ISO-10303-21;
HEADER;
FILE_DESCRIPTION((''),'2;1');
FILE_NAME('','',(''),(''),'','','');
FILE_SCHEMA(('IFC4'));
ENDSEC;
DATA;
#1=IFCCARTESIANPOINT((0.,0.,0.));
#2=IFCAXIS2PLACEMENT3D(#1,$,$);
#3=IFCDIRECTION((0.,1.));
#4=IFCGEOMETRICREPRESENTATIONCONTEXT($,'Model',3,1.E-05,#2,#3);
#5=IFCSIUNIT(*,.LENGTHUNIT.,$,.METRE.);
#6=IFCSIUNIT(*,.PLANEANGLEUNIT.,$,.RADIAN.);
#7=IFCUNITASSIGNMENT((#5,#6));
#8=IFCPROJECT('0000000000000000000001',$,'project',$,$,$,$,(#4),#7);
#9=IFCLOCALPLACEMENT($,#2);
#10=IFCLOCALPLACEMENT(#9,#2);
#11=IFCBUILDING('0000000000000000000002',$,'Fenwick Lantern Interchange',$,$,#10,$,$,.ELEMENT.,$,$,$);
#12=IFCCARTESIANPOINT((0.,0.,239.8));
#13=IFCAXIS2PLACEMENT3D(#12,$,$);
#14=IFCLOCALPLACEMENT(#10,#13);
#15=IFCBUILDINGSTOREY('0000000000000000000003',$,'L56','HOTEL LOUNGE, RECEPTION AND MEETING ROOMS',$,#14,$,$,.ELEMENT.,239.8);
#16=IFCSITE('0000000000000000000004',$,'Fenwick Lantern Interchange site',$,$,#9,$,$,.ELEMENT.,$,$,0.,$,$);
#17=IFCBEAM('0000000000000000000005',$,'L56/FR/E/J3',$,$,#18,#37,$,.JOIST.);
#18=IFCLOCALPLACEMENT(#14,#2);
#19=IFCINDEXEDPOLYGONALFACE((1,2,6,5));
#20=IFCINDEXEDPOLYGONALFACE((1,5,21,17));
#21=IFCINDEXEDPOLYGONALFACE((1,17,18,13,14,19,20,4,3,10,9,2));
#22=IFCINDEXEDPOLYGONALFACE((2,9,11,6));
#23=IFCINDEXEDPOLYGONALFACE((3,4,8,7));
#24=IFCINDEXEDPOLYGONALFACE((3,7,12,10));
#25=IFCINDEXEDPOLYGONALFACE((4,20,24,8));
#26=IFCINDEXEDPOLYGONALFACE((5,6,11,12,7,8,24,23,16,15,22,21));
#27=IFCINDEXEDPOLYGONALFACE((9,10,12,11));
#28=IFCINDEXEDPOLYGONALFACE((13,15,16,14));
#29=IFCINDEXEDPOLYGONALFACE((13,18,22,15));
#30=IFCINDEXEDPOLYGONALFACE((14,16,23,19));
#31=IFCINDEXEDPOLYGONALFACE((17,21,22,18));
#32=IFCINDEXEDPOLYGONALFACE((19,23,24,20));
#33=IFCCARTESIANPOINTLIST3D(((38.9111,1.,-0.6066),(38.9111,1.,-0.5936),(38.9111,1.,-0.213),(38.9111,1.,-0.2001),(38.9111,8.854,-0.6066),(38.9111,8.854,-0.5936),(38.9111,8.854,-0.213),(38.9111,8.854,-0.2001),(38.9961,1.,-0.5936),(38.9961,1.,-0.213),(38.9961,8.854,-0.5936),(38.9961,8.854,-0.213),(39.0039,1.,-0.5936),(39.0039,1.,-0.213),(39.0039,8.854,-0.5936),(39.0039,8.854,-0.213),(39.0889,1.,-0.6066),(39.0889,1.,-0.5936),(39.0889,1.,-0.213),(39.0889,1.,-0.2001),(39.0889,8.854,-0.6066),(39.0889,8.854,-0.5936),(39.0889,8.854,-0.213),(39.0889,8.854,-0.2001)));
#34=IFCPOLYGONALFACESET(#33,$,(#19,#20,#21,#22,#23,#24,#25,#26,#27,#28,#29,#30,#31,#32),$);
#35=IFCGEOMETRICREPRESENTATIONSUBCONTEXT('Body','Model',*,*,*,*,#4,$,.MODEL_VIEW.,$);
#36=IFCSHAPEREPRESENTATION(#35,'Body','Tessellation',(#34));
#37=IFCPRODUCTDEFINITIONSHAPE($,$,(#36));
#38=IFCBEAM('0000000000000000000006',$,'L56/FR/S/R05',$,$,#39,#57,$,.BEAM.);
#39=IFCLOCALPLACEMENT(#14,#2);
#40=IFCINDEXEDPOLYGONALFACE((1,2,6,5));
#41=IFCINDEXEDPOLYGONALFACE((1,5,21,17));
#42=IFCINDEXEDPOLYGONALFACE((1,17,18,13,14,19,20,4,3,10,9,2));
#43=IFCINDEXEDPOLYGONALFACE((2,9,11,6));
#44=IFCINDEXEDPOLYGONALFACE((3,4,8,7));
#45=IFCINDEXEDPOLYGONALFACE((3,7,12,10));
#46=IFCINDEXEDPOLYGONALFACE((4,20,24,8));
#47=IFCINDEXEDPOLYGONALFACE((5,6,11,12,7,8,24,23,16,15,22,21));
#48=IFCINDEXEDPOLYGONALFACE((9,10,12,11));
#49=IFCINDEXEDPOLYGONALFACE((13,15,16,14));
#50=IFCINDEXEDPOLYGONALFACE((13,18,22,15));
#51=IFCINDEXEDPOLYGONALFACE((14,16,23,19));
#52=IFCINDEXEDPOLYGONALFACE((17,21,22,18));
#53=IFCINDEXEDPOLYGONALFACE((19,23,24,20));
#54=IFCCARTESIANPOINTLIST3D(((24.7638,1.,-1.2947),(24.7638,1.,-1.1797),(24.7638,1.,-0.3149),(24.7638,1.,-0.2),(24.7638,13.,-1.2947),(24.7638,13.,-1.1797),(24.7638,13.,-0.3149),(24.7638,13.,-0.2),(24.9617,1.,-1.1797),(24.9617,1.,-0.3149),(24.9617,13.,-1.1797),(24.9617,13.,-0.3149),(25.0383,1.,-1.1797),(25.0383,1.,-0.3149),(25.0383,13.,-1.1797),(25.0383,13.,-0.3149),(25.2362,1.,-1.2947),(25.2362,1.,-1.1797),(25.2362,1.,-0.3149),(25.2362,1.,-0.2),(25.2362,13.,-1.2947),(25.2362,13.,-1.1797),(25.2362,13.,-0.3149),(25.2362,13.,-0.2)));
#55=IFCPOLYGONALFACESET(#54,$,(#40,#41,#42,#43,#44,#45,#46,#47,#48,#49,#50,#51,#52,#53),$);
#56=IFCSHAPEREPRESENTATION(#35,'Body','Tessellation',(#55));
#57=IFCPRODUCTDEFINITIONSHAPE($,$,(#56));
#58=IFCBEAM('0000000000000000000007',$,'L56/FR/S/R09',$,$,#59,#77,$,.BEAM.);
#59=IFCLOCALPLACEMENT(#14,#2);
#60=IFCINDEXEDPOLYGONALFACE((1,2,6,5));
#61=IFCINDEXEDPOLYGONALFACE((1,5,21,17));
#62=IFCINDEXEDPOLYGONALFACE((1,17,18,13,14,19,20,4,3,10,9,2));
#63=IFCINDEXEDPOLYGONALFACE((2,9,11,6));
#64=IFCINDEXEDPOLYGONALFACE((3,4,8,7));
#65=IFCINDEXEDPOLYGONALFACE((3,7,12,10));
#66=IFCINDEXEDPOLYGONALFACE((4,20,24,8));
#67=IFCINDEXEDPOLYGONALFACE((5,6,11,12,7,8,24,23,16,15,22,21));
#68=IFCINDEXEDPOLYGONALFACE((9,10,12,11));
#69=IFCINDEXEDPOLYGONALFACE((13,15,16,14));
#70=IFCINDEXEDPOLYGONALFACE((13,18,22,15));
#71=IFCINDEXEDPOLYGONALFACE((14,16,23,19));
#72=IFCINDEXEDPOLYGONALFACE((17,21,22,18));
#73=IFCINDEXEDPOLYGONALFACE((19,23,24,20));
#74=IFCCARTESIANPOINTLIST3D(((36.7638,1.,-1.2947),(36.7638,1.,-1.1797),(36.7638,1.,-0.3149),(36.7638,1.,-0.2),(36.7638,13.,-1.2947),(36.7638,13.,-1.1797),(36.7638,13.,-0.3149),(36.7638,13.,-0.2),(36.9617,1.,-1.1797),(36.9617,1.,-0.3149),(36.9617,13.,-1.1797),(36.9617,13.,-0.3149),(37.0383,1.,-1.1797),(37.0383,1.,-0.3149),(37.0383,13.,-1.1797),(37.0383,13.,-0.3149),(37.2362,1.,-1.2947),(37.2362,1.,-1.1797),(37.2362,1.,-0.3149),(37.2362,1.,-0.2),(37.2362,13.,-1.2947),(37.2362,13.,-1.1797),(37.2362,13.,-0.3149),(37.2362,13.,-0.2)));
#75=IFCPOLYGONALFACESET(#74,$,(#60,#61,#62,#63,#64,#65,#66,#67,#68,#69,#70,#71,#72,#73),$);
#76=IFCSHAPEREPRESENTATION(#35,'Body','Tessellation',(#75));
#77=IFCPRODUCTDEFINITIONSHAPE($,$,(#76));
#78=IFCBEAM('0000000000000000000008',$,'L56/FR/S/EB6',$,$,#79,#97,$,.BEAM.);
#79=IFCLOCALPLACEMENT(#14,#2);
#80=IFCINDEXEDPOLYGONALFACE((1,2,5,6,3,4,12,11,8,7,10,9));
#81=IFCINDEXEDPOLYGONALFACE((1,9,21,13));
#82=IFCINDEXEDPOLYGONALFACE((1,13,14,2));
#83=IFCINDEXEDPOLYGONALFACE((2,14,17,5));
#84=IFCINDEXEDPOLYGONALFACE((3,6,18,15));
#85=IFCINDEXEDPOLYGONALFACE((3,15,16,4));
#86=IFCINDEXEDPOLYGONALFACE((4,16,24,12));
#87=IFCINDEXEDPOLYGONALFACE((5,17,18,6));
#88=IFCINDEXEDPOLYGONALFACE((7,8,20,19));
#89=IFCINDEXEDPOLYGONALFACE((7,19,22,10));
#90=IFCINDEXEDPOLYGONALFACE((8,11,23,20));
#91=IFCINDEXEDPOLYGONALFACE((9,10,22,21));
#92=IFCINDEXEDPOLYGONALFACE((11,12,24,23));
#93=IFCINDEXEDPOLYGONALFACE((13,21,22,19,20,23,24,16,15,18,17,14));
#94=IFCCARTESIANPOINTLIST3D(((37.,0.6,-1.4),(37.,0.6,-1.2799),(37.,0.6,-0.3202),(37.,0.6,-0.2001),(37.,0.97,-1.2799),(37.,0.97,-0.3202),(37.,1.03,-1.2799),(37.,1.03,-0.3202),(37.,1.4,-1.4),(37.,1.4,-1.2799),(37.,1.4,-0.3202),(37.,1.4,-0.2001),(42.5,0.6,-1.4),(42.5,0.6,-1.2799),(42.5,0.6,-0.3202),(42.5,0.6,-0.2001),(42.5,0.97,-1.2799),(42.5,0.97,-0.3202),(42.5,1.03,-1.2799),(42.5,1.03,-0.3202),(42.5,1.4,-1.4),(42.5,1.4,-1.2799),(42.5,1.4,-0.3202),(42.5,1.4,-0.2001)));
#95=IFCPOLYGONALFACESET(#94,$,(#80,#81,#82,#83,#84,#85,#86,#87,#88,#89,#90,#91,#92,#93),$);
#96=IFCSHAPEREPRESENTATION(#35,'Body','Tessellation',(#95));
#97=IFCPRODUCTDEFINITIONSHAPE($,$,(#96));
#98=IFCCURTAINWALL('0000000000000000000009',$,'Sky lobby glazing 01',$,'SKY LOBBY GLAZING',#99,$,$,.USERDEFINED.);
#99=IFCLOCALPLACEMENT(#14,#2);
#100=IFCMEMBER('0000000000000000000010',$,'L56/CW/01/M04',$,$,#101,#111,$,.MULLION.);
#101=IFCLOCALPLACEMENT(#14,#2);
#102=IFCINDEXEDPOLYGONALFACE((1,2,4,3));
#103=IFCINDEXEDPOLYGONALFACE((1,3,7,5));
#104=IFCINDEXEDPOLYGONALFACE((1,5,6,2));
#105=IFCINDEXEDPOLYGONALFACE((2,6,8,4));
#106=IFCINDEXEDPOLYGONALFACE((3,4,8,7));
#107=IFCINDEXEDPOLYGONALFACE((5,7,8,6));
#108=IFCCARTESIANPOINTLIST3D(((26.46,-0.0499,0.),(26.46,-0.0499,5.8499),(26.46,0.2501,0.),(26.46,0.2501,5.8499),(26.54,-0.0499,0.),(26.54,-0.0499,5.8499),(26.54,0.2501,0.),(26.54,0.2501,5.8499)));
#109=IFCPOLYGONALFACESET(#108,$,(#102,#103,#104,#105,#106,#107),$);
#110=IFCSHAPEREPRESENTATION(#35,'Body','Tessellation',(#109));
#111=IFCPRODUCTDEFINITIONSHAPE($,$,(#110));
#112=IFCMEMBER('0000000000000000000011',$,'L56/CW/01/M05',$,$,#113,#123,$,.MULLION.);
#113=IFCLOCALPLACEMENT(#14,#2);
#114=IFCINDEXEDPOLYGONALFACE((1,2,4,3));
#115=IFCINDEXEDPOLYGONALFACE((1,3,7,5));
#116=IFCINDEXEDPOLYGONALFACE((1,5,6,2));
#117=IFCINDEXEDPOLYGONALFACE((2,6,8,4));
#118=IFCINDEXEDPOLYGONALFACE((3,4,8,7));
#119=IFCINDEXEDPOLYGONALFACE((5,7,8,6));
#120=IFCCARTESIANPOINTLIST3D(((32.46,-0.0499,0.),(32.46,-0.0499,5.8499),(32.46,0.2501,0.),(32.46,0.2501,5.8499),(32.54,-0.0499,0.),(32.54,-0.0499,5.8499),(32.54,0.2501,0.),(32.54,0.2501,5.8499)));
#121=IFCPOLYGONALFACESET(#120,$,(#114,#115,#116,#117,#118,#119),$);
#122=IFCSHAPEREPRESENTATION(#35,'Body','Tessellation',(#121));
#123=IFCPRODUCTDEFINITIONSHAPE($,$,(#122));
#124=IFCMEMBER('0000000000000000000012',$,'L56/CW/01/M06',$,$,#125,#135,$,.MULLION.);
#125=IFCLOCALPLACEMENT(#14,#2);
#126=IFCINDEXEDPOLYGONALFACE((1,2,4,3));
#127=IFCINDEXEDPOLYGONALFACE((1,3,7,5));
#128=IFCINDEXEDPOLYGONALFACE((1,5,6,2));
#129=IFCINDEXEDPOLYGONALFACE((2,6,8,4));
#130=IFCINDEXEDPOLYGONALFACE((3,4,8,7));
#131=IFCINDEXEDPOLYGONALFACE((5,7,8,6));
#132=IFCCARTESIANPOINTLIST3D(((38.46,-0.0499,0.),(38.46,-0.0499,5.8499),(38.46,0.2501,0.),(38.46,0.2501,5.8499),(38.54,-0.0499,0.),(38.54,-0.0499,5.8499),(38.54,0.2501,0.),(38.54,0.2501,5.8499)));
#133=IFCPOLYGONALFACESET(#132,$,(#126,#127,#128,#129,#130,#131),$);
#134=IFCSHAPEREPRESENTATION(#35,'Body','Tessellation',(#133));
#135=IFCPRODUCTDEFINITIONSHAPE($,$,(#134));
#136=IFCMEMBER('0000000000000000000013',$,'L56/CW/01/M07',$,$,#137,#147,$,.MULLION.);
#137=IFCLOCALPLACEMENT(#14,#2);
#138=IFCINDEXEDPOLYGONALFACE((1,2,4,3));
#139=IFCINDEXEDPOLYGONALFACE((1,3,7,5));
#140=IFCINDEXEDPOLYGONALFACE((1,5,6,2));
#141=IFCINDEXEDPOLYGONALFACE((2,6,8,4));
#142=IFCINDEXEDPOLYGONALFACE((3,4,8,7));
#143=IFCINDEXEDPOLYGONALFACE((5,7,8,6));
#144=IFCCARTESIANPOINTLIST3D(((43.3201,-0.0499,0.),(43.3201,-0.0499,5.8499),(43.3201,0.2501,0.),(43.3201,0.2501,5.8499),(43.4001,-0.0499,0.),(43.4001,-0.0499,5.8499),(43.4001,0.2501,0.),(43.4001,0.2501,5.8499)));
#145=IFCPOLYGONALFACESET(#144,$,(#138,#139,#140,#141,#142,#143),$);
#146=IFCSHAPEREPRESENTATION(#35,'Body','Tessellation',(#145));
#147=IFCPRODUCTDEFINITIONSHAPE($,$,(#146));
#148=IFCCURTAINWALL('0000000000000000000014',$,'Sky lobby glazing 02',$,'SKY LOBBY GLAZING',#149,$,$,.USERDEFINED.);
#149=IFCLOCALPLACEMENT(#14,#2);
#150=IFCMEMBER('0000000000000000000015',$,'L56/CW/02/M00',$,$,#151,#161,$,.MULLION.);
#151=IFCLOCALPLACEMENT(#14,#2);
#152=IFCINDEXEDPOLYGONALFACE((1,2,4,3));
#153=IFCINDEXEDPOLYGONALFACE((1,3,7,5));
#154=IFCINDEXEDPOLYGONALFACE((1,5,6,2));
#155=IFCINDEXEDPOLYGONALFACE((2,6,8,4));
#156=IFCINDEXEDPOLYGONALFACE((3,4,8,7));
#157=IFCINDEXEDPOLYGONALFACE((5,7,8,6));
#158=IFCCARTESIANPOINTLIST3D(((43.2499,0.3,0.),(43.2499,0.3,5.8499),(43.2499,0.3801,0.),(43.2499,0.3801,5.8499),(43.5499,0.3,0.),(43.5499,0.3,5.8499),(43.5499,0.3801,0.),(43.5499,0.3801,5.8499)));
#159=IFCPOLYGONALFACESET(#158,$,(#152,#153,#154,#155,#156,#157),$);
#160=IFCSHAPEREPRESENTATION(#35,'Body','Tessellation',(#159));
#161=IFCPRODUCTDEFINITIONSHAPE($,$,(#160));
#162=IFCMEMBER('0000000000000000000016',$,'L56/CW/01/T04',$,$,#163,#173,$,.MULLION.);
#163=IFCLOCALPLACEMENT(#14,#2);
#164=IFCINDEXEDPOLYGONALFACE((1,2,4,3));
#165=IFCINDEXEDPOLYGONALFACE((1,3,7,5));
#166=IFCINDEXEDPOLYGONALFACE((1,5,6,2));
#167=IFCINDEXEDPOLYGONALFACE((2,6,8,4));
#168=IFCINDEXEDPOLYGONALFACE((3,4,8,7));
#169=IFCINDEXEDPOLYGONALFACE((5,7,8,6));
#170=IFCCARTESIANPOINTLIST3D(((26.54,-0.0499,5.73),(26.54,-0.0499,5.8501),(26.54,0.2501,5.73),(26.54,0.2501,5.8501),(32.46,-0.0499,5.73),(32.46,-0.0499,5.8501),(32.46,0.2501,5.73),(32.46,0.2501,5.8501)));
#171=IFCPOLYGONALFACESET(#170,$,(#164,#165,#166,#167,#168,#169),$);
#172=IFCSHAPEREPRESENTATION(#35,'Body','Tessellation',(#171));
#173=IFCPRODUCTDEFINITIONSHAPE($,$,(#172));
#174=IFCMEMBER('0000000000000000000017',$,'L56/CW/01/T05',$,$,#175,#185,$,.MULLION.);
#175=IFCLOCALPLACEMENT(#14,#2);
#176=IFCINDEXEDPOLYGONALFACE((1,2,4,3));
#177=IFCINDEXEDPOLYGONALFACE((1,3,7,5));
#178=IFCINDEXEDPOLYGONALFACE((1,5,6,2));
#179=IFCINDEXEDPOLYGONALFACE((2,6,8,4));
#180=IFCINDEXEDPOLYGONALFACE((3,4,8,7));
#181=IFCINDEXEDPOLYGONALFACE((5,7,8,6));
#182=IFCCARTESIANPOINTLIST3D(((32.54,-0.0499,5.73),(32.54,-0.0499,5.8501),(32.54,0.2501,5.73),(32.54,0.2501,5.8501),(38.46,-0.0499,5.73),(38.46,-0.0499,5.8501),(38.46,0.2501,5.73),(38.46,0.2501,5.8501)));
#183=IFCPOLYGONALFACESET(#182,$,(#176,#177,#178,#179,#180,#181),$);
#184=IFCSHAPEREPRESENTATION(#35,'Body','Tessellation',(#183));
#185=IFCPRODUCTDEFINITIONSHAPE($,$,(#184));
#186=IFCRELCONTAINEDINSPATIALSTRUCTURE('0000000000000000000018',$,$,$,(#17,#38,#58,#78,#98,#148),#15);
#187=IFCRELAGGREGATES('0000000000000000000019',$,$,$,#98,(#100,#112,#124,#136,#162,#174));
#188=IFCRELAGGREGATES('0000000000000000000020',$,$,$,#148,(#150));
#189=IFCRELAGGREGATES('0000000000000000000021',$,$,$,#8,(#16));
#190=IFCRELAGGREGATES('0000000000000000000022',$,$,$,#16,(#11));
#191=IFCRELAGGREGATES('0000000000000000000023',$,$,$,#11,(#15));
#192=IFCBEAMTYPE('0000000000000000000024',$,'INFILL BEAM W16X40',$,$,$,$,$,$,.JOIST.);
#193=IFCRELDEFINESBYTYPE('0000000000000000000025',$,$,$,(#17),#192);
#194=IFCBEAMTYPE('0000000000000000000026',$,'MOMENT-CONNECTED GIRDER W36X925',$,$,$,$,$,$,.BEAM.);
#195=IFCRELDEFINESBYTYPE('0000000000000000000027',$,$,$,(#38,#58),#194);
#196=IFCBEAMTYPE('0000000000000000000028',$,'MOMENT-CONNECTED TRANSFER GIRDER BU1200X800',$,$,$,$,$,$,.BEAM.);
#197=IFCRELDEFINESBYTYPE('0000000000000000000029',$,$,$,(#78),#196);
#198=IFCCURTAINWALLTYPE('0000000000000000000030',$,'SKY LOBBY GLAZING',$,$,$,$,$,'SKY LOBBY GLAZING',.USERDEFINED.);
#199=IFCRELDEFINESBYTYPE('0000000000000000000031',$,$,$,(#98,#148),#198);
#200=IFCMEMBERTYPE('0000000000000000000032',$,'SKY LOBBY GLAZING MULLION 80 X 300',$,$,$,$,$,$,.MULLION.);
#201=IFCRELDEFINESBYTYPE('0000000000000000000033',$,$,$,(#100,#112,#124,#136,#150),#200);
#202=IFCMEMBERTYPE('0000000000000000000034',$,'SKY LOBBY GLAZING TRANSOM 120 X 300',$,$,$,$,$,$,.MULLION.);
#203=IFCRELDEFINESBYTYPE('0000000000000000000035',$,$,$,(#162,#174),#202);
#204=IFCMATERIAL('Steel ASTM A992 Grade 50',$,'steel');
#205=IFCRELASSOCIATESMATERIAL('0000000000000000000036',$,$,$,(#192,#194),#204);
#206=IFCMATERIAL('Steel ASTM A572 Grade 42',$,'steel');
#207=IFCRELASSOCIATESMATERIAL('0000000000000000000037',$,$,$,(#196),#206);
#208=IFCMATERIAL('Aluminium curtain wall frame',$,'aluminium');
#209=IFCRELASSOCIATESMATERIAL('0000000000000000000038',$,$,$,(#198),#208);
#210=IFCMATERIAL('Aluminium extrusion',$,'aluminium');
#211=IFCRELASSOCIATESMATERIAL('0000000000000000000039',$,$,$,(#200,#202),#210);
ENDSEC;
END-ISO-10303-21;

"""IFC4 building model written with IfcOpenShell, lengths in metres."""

from ifc_helpers import new_model, si_unit, direction, frame, origin, origin_2d, place, context, subcontext, project, spatial, rectangle, i_section, extrude, material, material_profile, profile_set, type_object, element, aggregate, save


model = new_model("IFC4")

# Units and contexts
model_context = context("Model", 3, precision=1e-05, world=origin(), true_north=direction((0.0, 1.0)))
body_context = subcontext(model_context, "Body", "Model", "MODEL_VIEW")
ifc_project = project(units=[si_unit("LENGTHUNIT", "METRE"), si_unit("PLANEANGLEUNIT", "RADIAN")], contexts=[model_context])

# Site, building, storey
site_placement = place(None, origin())
site = spatial("IfcSite", under=ifc_project, at=site_placement, Name="Fenwick Lantern Interchange site", CompositionType="ELEMENT", RefElevation=0.0)
building_placement = place(site_placement, origin())
building = spatial("IfcBuilding", under=site, at=building_placement, Name="Fenwick Lantern Interchange", CompositionType="ELEMENT")
storey_placement = place(building_placement, frame((0.0, 0.0, 239.8)))
storey = spatial("IfcBuildingStorey", under=building, at=storey_placement, Name="L56", Description="HOTEL LOUNGE, RECEPTION AND MEETING ROOMS", CompositionType="ELEMENT", Elevation=239.8)

# Shared definitions
ifc_material_1 = material(Name="Steel ASTM A992 Grade 50", Category="steel")

# Beams
ifc_material_profile_1 = material_profile(ifc_material_1, i_section(OverallWidth=0.1777, OverallDepth=0.4065, WebThickness=0.0078, FlangeThickness=0.0129, at=origin_2d()), Name="W16X40")
ifc_profile_set_1 = profile_set([ifc_material_profile_1], Name="Steel ASTM A992 Grade 50")
beam_type_1 = type_object("IfcBeamType", Name="INFILL BEAM W16X40", PredefinedType="JOIST", material=ifc_profile_set_1)
beam_1_placement = place(storey_placement, frame((39.0, 1.0, -0.4033), z_axis=(0.0, 1.0, 0.0), x_axis=(-1.0, 0.0, 0.0)))
element("IfcBeam", 1, at=beam_1_placement, inside=storey, type_object=beam_type_1, Name="L56/FR/E/J3", PredefinedType="JOIST", context=body_context, shape_type="SweptSolid", body=[
    extrude(i_section(OverallWidth=0.1777, OverallDepth=0.4065, WebThickness=0.0078, FlangeThickness=0.0129, at=origin_2d()), origin(), (0.0, 0.0, 1.0), 7.854),
])
ifc_material_profile_2 = material_profile(ifc_material_1, i_section(OverallWidth=0.4724, OverallDepth=1.0947, WebThickness=0.0767, FlangeThickness=0.115, at=origin_2d()), Name="W36X925")
ifc_profile_set_2 = profile_set([ifc_material_profile_2], Name="Steel ASTM A992 Grade 50")
beam_type_2 = type_object("IfcBeamType", Name="MOMENT-CONNECTED GIRDER W36X925", PredefinedType="BEAM", material=ifc_profile_set_2)
for number, where, z_axis, x_axis, name in (
    (2, (25.0, 1.0, -0.7473), (0.0, 1.0, 0.0), (-1.0, 0.0, 0.0), "L56/FR/S/R05"),
    (3, (37.0, 1.0, -0.7473), (0.0, 1.0, 0.0), (-1.0, 0.0, 0.0), "L56/FR/S/R09"),
):
    element("IfcBeam", number, at=place(storey_placement, frame(where, z_axis=z_axis, x_axis=x_axis)), inside=storey, type_object=beam_type_2, Name=name, PredefinedType="BEAM", context=body_context, shape_type="SweptSolid", body=[
        extrude(i_section(OverallWidth=0.4724, OverallDepth=1.0947, WebThickness=0.0767, FlangeThickness=0.115, at=origin_2d()), origin(), (0.0, 0.0, 1.0), 12.0),
    ])
ifc_material_2 = material(Name="Steel ASTM A572 Grade 42", Category="steel")
ifc_material_profile_3 = material_profile(ifc_material_2, i_section(OverallWidth=0.8, OverallDepth=1.2, WebThickness=0.0601, FlangeThickness=0.1201, at=origin_2d()), Name="BU1200X800")
ifc_profile_set_3 = profile_set([ifc_material_profile_3], Name="Steel ASTM A572 Grade 42")
beam_type_3 = type_object("IfcBeamType", Name="MOMENT-CONNECTED TRANSFER GIRDER BU1200X800", PredefinedType="BEAM", material=ifc_profile_set_3)
beam_2_placement = place(storey_placement, frame((37.0, 1.0, -0.8), z_axis=(1.0, 0.0, 0.0), x_axis=(0.0, 1.0, 0.0)))
element("IfcBeam", 4, at=beam_2_placement, inside=storey, type_object=beam_type_3, Name="L56/FR/S/EB6", PredefinedType="BEAM", context=body_context, shape_type="SweptSolid", body=[
    extrude(i_section(OverallWidth=0.8, OverallDepth=1.2, WebThickness=0.0601, FlangeThickness=0.1201, at=origin_2d()), origin(), (0.0, 0.0, 1.0), 5.5),
])

# Curtain wall, members
ifc_material_3 = material(Name="Aluminium curtain wall frame", Category="aluminium")
curtain_wall_type = type_object("IfcCurtainWallType", Name="SKY LOBBY GLAZING", ElementType="SKY LOBBY GLAZING", PredefinedType="USERDEFINED", material=ifc_material_3)
curtain_wall_1_placement = place(storey_placement, origin())
curtain_wall_1 = element("IfcCurtainWall", 5, at=curtain_wall_1_placement, inside=storey, type_object=curtain_wall_type, Name="Sky lobby glazing 01", ObjectType="SKY LOBBY GLAZING", PredefinedType="USERDEFINED")
ifc_material_4 = material(Name="Aluminium extrusion", Category="aluminium")
ifc_material_profile_4 = material_profile(ifc_material_4, rectangle(XDim=0.3, YDim=0.0801, at=origin_2d()), Name="SKY LOBBY GLAZING MULLION 80 X 300")
ifc_profile_set_4 = profile_set([ifc_material_profile_4], Name="Aluminium extrusion")
member_type_1 = type_object("IfcMemberType", Name="SKY LOBBY GLAZING MULLION 80 X 300", PredefinedType="MULLION", material=ifc_profile_set_4)
member_1_placement = place(storey_placement, frame((26.5, 0.1001, 0.0), z_axis=(0.0, 0.0, 1.0), x_axis=(0.0, 1.0, 0.0)))
member_1 = element("IfcMember", 6, at=member_1_placement, type_object=member_type_1, Name="L56/CW/01/M04", PredefinedType="MULLION", context=body_context, shape_type="SweptSolid", body=[
    extrude(rectangle(XDim=0.3, YDim=0.0801, at=origin_2d()), origin(), (0.0, 0.0, 1.0), 5.8499),
])
member_2_placement = place(storey_placement, frame((32.5, 0.1001, 0.0), z_axis=(0.0, 0.0, 1.0), x_axis=(0.0, 1.0, 0.0)))
member_2 = element("IfcMember", 7, at=member_2_placement, type_object=member_type_1, Name="L56/CW/01/M05", PredefinedType="MULLION", context=body_context, shape_type="SweptSolid", body=[
    extrude(rectangle(XDim=0.3, YDim=0.0801, at=origin_2d()), origin(), (0.0, 0.0, 1.0), 5.8499),
])
member_3_placement = place(storey_placement, frame((38.5, 0.1001, 0.0), z_axis=(0.0, 0.0, 1.0), x_axis=(0.0, 1.0, 0.0)))
member_3 = element("IfcMember", 8, at=member_3_placement, type_object=member_type_1, Name="L56/CW/01/M06", PredefinedType="MULLION", context=body_context, shape_type="SweptSolid", body=[
    extrude(rectangle(XDim=0.3, YDim=0.0801, at=origin_2d()), origin(), (0.0, 0.0, 1.0), 5.8499),
])
member_4_placement = place(storey_placement, frame((43.3601, 0.1001, 0.0), z_axis=(0.0, 0.0, 1.0), x_axis=(0.0, 1.0, 0.0)))
member_4 = element("IfcMember", 9, at=member_4_placement, type_object=member_type_1, Name="L56/CW/01/M07", PredefinedType="MULLION", context=body_context, shape_type="SweptSolid", body=[
    extrude(rectangle(XDim=0.3, YDim=0.0801, at=origin_2d()), origin(), (0.0, 0.0, 1.0), 5.8499),
])

# Curtain wall, member
curtain_wall_2_placement = place(storey_placement, origin())
curtain_wall_2 = element("IfcCurtainWall", 10, at=curtain_wall_2_placement, inside=storey, type_object=curtain_wall_type, Name="Sky lobby glazing 02", ObjectType="SKY LOBBY GLAZING", PredefinedType="USERDEFINED")
member_5_placement = place(storey_placement, frame((43.3999, 0.3401, 0.0), z_axis=(0.0, 0.0, 1.0), x_axis=(-1.0, 0.0, 0.0)))
member_5 = element("IfcMember", 11, at=member_5_placement, type_object=member_type_1, Name="L56/CW/02/M00", PredefinedType="MULLION", context=body_context, shape_type="SweptSolid", body=[
    extrude(rectangle(XDim=0.3, YDim=0.0801, at=origin_2d()), origin(), (0.0, 0.0, 1.0), 5.8499),
])

# Members
ifc_material_profile_5 = material_profile(ifc_material_4, rectangle(XDim=0.3, YDim=0.1201, at=origin_2d()), Name="SKY LOBBY GLAZING TRANSOM 120 X 300")
ifc_profile_set_5 = profile_set([ifc_material_profile_5], Name="Aluminium extrusion")
member_type_2 = type_object("IfcMemberType", Name="SKY LOBBY GLAZING TRANSOM 120 X 300", PredefinedType="MULLION", material=ifc_profile_set_5)
member_6_placement = place(storey_placement, frame((26.54, 0.1001, 5.79), z_axis=(1.0, 0.0, 0.0), x_axis=(0.0, 1.0, 0.0)))
member_6 = element("IfcMember", 12, at=member_6_placement, type_object=member_type_2, Name="L56/CW/01/T04", PredefinedType="MULLION", context=body_context, shape_type="SweptSolid", body=[
    extrude(rectangle(XDim=0.3, YDim=0.1201, at=origin_2d()), origin(), (0.0, 0.0, 1.0), 5.9199),
])
member_7_placement = place(storey_placement, frame((32.54, 0.1001, 5.79), z_axis=(1.0, 0.0, 0.0), x_axis=(0.0, 1.0, 0.0)))
member_7 = element("IfcMember", 13, at=member_7_placement, type_object=member_type_2, Name="L56/CW/01/T05", PredefinedType="MULLION", context=body_context, shape_type="SweptSolid", body=[
    extrude(rectangle(XDim=0.3, YDim=0.1201, at=origin_2d()), origin(), (0.0, 0.0, 1.0), 5.9199),
])
aggregate(curtain_wall_1, [member_1, member_2, member_3, member_4, member_6, member_7])

aggregate(curtain_wall_2, [member_5])

save(model, "model.ifc")
